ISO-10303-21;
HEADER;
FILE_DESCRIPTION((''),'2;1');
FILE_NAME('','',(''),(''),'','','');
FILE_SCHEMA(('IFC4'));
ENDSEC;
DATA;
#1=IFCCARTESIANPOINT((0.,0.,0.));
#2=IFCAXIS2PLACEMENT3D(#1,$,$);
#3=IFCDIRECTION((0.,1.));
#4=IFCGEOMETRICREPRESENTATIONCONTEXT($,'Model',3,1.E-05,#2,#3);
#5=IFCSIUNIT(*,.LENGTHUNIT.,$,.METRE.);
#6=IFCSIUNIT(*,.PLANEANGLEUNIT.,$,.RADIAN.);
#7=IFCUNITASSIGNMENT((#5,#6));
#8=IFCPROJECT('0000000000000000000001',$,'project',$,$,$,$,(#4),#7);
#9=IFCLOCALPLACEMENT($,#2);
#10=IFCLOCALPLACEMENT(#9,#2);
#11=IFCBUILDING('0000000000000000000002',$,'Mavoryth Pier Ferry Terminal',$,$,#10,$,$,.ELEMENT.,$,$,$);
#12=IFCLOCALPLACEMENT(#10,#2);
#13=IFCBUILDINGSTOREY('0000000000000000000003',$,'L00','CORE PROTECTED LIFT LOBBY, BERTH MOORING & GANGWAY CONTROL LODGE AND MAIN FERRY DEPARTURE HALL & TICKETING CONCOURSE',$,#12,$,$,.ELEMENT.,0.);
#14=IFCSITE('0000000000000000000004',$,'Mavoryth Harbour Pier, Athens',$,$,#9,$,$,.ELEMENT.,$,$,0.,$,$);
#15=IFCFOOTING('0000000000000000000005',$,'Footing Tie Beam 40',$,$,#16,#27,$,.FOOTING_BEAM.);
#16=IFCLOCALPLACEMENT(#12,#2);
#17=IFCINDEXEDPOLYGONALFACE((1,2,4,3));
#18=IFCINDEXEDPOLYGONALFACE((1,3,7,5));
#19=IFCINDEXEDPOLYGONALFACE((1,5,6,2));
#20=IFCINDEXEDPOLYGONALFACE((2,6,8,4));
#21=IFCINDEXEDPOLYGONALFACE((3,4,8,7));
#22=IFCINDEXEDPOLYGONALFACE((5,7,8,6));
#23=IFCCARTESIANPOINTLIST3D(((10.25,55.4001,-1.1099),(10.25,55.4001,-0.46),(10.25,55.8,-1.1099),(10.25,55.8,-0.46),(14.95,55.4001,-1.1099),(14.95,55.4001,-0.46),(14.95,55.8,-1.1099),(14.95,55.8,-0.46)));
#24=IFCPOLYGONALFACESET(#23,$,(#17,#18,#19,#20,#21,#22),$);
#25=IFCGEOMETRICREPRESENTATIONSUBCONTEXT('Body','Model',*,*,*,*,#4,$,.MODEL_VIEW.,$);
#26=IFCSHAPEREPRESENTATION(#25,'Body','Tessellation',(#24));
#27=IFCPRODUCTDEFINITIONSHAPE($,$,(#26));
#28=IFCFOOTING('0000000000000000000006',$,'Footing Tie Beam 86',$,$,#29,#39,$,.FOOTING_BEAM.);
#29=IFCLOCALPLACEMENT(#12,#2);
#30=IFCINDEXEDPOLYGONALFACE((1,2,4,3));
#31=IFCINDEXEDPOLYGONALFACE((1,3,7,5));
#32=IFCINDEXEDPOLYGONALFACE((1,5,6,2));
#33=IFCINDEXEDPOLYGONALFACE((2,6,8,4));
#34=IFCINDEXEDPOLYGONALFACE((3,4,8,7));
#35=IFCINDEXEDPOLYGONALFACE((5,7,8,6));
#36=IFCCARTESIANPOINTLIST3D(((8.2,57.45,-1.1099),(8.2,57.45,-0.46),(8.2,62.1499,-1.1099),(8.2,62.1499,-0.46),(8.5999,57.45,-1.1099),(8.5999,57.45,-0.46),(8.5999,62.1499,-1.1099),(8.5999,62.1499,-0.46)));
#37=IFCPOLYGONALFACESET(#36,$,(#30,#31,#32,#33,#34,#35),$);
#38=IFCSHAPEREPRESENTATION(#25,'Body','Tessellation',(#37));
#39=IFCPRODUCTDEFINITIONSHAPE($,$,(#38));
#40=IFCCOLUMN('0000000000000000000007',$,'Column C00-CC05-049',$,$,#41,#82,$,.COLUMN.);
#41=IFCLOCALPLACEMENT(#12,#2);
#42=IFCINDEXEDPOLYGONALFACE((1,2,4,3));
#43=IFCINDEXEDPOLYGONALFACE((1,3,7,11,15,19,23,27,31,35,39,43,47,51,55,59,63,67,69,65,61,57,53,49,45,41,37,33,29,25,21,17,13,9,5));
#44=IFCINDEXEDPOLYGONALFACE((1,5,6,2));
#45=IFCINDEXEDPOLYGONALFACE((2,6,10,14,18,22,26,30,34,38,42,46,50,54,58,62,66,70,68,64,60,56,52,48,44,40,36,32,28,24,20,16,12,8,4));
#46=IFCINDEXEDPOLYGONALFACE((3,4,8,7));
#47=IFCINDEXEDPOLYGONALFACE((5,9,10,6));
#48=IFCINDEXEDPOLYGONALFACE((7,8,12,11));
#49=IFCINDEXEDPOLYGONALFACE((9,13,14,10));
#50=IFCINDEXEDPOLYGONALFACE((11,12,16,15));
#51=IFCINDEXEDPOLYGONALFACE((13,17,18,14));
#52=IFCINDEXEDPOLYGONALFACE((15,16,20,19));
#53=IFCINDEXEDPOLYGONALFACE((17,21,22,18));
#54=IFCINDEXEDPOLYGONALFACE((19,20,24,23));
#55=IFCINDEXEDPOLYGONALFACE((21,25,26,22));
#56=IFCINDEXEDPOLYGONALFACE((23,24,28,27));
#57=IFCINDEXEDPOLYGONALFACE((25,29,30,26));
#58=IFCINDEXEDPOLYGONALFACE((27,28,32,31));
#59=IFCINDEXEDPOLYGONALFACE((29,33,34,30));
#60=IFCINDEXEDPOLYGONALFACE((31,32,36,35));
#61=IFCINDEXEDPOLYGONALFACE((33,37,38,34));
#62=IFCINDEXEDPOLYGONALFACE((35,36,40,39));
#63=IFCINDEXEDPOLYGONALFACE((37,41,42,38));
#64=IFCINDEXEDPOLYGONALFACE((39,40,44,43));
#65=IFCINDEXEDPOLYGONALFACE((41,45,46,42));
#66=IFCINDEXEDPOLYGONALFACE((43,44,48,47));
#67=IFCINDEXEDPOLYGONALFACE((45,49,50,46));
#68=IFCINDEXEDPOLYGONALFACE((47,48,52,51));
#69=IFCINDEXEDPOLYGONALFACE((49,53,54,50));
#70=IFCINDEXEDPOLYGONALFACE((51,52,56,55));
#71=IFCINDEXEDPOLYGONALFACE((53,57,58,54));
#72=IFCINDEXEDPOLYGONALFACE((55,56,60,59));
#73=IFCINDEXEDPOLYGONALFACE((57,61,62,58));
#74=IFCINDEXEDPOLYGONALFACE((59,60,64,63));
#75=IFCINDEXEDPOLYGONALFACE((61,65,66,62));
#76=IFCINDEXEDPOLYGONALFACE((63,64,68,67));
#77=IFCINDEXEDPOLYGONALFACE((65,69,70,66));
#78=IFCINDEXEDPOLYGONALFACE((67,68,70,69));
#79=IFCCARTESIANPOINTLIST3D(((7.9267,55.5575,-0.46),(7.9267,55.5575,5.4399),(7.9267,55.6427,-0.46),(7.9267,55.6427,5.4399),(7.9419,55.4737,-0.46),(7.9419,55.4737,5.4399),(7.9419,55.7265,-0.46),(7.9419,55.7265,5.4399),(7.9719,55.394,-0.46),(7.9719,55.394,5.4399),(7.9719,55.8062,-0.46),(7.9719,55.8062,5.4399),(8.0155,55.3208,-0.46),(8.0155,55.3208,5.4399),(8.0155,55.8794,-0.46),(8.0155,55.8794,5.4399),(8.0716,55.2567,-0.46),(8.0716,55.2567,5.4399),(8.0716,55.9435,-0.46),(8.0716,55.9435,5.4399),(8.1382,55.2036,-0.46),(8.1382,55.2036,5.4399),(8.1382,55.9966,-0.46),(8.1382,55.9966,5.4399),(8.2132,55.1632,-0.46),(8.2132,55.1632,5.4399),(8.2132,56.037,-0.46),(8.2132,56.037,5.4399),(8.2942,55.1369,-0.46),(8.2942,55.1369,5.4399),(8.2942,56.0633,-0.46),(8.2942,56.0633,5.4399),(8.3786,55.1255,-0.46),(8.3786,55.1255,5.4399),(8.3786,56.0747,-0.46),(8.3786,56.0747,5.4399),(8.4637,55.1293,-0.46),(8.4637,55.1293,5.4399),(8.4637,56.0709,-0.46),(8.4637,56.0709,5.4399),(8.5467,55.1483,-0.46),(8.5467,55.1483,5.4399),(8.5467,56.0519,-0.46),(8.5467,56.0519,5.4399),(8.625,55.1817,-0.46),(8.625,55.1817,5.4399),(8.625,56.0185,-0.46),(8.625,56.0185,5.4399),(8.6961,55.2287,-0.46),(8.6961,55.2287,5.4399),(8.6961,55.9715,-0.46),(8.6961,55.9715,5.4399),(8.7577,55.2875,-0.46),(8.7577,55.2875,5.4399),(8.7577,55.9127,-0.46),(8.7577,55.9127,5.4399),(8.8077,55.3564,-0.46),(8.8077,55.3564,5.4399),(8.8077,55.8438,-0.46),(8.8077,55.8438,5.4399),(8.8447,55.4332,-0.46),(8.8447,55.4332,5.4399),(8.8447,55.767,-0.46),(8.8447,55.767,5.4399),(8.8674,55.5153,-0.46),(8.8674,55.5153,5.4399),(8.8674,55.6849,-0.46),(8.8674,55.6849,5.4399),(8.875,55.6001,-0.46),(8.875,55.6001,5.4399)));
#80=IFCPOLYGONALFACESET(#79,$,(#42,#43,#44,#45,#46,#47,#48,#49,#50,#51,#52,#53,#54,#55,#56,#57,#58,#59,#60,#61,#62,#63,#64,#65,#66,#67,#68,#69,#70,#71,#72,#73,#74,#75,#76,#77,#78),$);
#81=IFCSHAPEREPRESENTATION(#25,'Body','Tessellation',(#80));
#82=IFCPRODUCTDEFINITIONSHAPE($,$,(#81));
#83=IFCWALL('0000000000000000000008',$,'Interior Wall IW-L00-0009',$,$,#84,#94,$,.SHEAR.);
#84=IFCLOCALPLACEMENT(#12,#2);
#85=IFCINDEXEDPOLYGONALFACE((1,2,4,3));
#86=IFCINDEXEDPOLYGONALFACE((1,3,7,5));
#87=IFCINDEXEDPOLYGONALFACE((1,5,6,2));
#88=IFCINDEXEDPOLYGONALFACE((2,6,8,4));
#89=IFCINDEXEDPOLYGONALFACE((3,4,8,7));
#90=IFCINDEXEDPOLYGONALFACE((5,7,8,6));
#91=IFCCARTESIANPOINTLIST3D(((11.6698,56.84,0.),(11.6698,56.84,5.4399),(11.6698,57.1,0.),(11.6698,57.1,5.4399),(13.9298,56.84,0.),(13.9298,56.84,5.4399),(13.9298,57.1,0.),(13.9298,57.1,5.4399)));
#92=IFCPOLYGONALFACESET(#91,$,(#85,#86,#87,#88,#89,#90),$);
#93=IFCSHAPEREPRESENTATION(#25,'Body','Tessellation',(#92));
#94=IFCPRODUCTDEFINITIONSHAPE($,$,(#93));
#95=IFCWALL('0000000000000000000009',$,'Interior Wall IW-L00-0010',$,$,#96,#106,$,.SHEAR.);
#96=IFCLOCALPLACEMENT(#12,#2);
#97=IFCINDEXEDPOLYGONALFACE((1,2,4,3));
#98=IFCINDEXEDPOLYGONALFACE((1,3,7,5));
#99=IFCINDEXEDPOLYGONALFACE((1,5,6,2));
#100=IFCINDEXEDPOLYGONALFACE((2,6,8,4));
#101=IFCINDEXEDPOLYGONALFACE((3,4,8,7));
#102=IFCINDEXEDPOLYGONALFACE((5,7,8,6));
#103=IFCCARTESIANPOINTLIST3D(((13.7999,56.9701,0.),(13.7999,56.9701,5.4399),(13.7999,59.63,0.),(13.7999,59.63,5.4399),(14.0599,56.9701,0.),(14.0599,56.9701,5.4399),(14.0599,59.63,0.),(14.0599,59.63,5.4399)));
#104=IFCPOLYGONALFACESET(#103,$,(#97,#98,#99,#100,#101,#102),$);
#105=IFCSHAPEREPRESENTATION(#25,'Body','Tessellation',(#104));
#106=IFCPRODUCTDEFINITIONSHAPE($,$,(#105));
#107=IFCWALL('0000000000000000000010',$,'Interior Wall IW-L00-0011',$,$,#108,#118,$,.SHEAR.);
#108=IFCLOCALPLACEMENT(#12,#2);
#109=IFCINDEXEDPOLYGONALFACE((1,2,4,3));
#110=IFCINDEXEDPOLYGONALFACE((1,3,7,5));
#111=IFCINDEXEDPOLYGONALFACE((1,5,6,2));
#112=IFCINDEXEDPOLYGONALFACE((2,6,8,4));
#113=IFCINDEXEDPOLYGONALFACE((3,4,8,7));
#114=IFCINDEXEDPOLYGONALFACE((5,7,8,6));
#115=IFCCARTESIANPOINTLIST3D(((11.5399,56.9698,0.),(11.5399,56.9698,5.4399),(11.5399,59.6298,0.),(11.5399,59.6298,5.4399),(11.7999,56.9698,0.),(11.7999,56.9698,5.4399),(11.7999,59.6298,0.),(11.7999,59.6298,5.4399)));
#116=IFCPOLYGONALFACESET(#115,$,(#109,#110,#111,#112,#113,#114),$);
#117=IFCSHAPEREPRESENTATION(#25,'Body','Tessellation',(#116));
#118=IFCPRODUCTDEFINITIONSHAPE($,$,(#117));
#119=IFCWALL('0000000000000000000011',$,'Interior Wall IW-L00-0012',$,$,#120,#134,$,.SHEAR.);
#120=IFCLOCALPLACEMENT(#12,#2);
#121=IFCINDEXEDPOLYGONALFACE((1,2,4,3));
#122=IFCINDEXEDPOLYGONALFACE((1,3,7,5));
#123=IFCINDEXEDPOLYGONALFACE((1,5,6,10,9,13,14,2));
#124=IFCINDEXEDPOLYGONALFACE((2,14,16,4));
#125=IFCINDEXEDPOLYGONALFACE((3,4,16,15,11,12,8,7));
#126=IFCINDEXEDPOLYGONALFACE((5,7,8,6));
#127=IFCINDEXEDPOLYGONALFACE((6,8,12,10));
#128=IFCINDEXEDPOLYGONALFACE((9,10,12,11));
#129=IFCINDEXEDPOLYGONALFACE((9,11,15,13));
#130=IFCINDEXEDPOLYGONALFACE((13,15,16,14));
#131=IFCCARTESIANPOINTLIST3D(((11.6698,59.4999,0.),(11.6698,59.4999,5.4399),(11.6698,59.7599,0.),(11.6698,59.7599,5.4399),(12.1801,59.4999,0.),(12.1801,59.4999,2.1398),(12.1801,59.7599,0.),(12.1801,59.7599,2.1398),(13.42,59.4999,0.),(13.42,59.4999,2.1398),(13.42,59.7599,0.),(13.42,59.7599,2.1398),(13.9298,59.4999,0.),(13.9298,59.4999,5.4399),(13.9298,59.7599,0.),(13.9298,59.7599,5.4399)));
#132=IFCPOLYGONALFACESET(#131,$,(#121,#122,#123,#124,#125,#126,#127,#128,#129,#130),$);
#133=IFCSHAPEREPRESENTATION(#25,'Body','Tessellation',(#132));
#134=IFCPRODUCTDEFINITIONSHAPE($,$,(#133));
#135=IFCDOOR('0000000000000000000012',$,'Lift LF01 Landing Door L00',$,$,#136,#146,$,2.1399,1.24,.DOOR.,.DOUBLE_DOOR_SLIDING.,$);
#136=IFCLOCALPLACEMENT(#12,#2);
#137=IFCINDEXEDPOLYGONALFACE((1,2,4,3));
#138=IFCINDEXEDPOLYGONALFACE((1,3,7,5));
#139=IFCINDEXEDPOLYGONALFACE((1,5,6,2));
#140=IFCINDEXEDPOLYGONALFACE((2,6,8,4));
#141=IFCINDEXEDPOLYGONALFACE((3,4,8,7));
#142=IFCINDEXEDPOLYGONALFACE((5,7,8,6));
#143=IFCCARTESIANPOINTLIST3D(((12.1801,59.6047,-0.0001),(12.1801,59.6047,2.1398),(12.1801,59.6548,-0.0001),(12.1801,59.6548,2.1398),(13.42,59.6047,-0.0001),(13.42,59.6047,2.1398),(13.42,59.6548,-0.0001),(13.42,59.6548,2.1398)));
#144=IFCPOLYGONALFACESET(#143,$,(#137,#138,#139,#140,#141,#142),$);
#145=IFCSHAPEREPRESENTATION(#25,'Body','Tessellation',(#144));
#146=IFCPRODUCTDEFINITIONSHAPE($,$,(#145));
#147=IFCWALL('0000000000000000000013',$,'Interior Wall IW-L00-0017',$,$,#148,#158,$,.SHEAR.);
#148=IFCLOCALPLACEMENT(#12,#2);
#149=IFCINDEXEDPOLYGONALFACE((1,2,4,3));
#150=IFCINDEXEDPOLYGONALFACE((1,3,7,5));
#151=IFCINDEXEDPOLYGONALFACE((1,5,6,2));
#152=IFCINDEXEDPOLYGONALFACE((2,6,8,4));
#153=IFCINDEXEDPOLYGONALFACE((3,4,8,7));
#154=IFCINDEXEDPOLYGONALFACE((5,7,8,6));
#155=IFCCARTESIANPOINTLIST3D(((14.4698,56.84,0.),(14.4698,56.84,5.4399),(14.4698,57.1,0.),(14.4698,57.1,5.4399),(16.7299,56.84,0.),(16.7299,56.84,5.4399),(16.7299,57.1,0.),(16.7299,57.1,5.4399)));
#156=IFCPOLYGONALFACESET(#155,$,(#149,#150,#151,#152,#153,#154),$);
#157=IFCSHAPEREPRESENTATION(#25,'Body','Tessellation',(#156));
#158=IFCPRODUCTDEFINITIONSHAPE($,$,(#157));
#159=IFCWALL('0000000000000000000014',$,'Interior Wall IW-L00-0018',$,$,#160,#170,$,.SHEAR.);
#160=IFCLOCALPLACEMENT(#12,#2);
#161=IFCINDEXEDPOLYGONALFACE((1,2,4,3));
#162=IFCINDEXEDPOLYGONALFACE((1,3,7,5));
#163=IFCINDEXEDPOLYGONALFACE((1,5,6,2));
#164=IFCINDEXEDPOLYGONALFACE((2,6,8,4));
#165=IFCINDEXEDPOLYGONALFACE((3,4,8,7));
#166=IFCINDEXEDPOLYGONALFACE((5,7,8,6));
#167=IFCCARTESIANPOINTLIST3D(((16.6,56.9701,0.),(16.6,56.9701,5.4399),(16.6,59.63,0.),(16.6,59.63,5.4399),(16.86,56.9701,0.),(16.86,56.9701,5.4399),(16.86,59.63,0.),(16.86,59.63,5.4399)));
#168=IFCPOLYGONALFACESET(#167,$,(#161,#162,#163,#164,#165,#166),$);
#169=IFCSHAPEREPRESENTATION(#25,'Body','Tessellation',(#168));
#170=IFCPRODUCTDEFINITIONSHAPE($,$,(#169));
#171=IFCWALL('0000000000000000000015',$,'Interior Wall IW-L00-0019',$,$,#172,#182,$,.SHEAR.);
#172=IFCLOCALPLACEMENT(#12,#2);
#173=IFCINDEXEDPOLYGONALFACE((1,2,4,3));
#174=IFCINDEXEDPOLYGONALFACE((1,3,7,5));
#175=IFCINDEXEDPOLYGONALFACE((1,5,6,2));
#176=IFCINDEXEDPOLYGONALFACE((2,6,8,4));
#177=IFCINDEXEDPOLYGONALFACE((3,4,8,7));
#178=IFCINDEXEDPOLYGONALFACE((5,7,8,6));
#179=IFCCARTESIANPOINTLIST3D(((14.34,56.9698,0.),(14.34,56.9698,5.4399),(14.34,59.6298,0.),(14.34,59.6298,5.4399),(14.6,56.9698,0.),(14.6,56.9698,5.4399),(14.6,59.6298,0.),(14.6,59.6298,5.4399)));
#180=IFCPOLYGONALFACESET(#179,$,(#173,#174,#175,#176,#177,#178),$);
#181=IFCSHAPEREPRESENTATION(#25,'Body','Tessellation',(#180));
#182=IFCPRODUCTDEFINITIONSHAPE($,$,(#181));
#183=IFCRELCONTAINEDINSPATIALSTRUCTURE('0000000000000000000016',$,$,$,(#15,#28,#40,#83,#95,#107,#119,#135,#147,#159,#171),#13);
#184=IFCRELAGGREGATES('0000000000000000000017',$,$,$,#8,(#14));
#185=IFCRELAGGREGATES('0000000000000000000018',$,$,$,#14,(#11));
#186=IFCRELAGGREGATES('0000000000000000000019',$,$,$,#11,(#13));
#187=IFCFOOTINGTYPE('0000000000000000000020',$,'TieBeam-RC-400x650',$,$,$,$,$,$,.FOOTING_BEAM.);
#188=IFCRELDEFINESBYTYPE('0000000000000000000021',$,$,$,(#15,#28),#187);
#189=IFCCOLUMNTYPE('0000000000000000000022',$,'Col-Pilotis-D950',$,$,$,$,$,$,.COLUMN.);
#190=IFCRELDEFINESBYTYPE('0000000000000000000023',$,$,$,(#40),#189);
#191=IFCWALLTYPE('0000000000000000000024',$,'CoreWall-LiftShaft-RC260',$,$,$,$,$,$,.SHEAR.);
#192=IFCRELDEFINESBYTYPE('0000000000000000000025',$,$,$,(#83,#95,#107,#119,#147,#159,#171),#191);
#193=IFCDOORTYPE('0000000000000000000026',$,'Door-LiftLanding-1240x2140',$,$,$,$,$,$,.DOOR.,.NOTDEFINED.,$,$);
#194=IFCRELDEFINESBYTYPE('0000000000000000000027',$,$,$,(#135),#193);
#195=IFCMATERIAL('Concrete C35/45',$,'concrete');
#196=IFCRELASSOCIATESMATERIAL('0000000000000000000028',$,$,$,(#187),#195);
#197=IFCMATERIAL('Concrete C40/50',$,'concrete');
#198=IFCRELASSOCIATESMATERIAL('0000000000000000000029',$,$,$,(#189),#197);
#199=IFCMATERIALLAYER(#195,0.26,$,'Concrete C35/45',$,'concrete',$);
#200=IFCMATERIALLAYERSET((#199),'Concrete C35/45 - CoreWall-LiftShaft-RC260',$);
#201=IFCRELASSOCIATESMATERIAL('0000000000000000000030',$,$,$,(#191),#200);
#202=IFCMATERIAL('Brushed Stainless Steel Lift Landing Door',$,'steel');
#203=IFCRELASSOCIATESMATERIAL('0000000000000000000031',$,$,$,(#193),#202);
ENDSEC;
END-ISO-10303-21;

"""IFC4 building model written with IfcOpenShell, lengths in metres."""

from ifc_helpers import new_model, si_unit, direction, frame, frame_2d, origin, origin_2d, place, context, subcontext, project, spatial, rectangle, circle, extrude, material, layer, layer_set, material_profile, profile_set, type_object, element, fill, save


model = new_model("IFC4")

# Units and contexts
model_context = context("Model", 3, precision=1e-05, world=origin(), true_north=direction((0.0, 1.0)))
body_context = subcontext(model_context, "Body", "Model", "MODEL_VIEW")
ifc_project = project(units=[si_unit("LENGTHUNIT", "METRE"), si_unit("PLANEANGLEUNIT", "RADIAN")], contexts=[model_context])

# Site, building, storey
site_placement = place(None, origin())
site = spatial("IfcSite", under=ifc_project, at=site_placement, Name="Mavoryth Harbour Pier, Athens", CompositionType="ELEMENT", RefElevation=0.0)
building_placement = place(site_placement, origin())
building = spatial("IfcBuilding", under=site, at=building_placement, Name="Mavoryth Pier Ferry Terminal", CompositionType="ELEMENT")
storey_placement = place(building_placement, origin())
storey = spatial("IfcBuildingStorey", under=building, at=storey_placement, Name="L00", Description="CORE PROTECTED LIFT LOBBY, BERTH MOORING & GANGWAY CONTROL LODGE AND MAIN FERRY DEPARTURE HALL & TICKETING CONCOURSE", CompositionType="ELEMENT", Elevation=0.0)

# Shared definitions
ifc_material_1 = material(Name="Concrete C35/45", Category="concrete")

# Footings
ifc_material_profile_1 = material_profile(ifc_material_1, rectangle(XDim=0.3999, YDim=0.6499, at=origin_2d()), Name="RC 400x650", Category="concrete")
ifc_profile_set_1 = profile_set([ifc_material_profile_1], Name="Concrete C35/45 - RC 400x650")
footing_type_1 = type_object("IfcFootingType", Name="TieBeam-RC-400x650", PredefinedType="FOOTING_BEAM", material=ifc_profile_set_1)
for number, where, z_axis, x_axis, name in (
    (1, (10.25, 55.6001, -0.7849), (1.0, 0.0, 0.0), (0.0, 1.0, 0.0), "Footing Tie Beam 40"),
    (2, (8.3999, 57.45, -0.7849), (0.0, 1.0, 0.0), (-1.0, 0.0, 0.0), "Footing Tie Beam 86"),
):
    element("IfcFooting", number, at=place(storey_placement, frame(where, z_axis=z_axis, x_axis=x_axis)), inside=storey, type_object=footing_type_1, Name=name, PredefinedType="FOOTING_BEAM", context=body_context, shape_type="SweptSolid", body=[
        extrude(rectangle(XDim=0.3999, YDim=0.6499, at=origin_2d()), origin(), (0.0, 0.0, 1.0), 4.7),
    ])

# Column
ifc_material_2 = material(Name="Concrete C40/50", Category="concrete")
ifc_material_profile_2 = material_profile(ifc_material_2, circle(Radius=0.4751, at=origin_2d()), Name="RC D950", Category="concrete")
ifc_profile_set_2 = profile_set([ifc_material_profile_2], Name="Concrete C40/50 - RC D950")
column_type = type_object("IfcColumnType", Name="Col-Pilotis-D950", PredefinedType="COLUMN", material=ifc_profile_set_2)
column_placement = place(storey_placement, frame((8.3999, 55.6001, -0.46), z_axis=(0.0, 0.0, 1.0), x_axis=(1.0, 0.0, 0.0)))
element("IfcColumn", 3, at=column_placement, inside=storey, type_object=column_type, Name="Column C00-CC05-049", PredefinedType="COLUMN", context=body_context, shape_type="SweptSolid", body=[
    extrude(circle(Radius=0.4751, at=origin_2d()), origin(), (0.0, 0.0, 1.0), 5.8999),
])

# Walls
ifc_layer_1 = layer(ifc_material_1, 0.26, Name="Concrete C35/45", Category="concrete")
ifc_layer_set_1 = layer_set([ifc_layer_1], Name="Concrete C35/45 - CoreWall-LiftShaft-RC260")
wall_type_1 = type_object("IfcWallType", Name="CoreWall-LiftShaft-RC260", PredefinedType="SHEAR", material=ifc_layer_set_1)
wall_1_placement = place(storey_placement, frame((11.6699, 56.97, 0.0), z_axis=(0.0, 0.0, 1.0), x_axis=(1.0, 0.0, 0.0)))
element("IfcWall", 4, at=wall_1_placement, inside=storey, type_object=wall_type_1, Name="Interior Wall IW-L00-0009", PredefinedType="SHEAR", context=body_context, shape_type="SweptSolid", body=[
    extrude(rectangle(XDim=2.26, YDim=0.26, at=frame_2d((1.1299, 0.0))), origin(), (0.0, 0.0, 1.0), 5.4399),
])
for number, where, z_axis, x_axis, name in (
    (5, (13.9299, 56.97, 0.0), (0.0, 0.0, 1.0), (0.0, 1.0, 0.0), "Interior Wall IW-L00-0010"),
    (6, (11.6699, 59.6299, 0.0), (0.0, 0.0, 1.0), (0.0, -1.0, 0.0), "Interior Wall IW-L00-0011"),
):
    element("IfcWall", number, at=place(storey_placement, frame(where, z_axis=z_axis, x_axis=x_axis)), inside=storey, type_object=wall_type_1, Name=name, PredefinedType="SHEAR", context=body_context, shape_type="SweptSolid", body=[
        extrude(rectangle(XDim=2.6599, YDim=0.26, at=frame_2d((1.3301, 0.0))), origin(), (0.0, 0.0, 1.0), 5.4399),
    ])

# Wall, opening, door
wall_2_placement = place(storey_placement, frame((11.6699, 59.6299, 0.0), z_axis=(0.0, 0.0, 1.0), x_axis=(1.0, 0.0, 0.0)))
wall_2 = element("IfcWall", 7, at=wall_2_placement, inside=storey, type_object=wall_type_1, Name="Interior Wall IW-L00-0012", PredefinedType="SHEAR", context=body_context, shape_type="SweptSolid", body=[
    extrude(rectangle(XDim=2.26, YDim=0.26, at=frame_2d((1.1299, 0.0))), origin(), (0.0, 0.0, 1.0), 5.4399),
])
opening_1_placement = place(wall_2_placement, frame((0.51, 0.0, 0.0)))
opening_1 = element("IfcOpeningElement", 8, at=opening_1_placement, cuts=wall_2, PredefinedType="OPENING", context=body_context, shape_type="SweptSolid", body=[
    extrude(rectangle(XDim=1.24, YDim=2.1399, at=frame_2d((0.6201, 1.0698))), frame((0.0, 0.1399, 0.0), z_axis=(0.0, -1.0, 0.0), x_axis=(1.0, 0.0, 0.0)), (0.0, 0.0, 1.0), 0.28),
])
ifc_material_3 = material(Name="Brushed Stainless Steel Lift Landing Door", Category="steel")
door_type_1 = type_object("IfcDoorType", Name="Door-LiftLanding-1240x2140", OperationType="NOTDEFINED", PredefinedType="DOOR", material=ifc_material_3)
door_1_placement = place(opening_1_placement, origin())
door_1 = element("IfcDoor", 9, at=door_1_placement, inside=storey, type_object=door_type_1, Name="Lift LF01 Landing Door L00", OperationType="DOUBLE_DOOR_SLIDING", OverallHeight=2.1399, OverallWidth=1.24, PredefinedType="DOOR", context=body_context, shape_type="SweptSolid", body=[
    extrude(rectangle(XDim=1.24, YDim=2.1399, at=frame_2d((0.6201, 1.0698))), frame((0.0, 0.0249, 0.0), z_axis=(0.0, -1.0, 0.0), x_axis=(1.0, 0.0, 0.0)), (0.0, 0.0, 1.0), 0.05),
])
fill(opening_1, door_1)

# Walls
wall_3_placement = place(storey_placement, frame((14.47, 56.97, 0.0), z_axis=(0.0, 0.0, 1.0), x_axis=(1.0, 0.0, 0.0)))
element("IfcWall", 10, at=wall_3_placement, inside=storey, type_object=wall_type_1, Name="Interior Wall IW-L00-0017", PredefinedType="SHEAR", context=body_context, shape_type="SweptSolid", body=[
    extrude(rectangle(XDim=2.26, YDim=0.26, at=frame_2d((1.1299, 0.0))), origin(), (0.0, 0.0, 1.0), 5.4399),
])
for number, where, z_axis, x_axis, name in (
    (11, (16.73, 56.97, 0.0), (0.0, 0.0, 1.0), (0.0, 1.0, 0.0), "Interior Wall IW-L00-0018"),
    (12, (14.47, 59.6299, 0.0), (0.0, 0.0, 1.0), (0.0, -1.0, 0.0), "Interior Wall IW-L00-0019"),
):
    element("IfcWall", number, at=place(storey_placement, frame(where, z_axis=z_axis, x_axis=x_axis)), inside=storey, type_object=wall_type_1, Name=name, PredefinedType="SHEAR", context=body_context, shape_type="SweptSolid", body=[
        extrude(rectangle(XDim=2.6599, YDim=0.26, at=frame_2d((1.3301, 0.0))), origin(), (0.0, 0.0, 1.0), 5.4399),
    ])

save(model, "model.ifc")
